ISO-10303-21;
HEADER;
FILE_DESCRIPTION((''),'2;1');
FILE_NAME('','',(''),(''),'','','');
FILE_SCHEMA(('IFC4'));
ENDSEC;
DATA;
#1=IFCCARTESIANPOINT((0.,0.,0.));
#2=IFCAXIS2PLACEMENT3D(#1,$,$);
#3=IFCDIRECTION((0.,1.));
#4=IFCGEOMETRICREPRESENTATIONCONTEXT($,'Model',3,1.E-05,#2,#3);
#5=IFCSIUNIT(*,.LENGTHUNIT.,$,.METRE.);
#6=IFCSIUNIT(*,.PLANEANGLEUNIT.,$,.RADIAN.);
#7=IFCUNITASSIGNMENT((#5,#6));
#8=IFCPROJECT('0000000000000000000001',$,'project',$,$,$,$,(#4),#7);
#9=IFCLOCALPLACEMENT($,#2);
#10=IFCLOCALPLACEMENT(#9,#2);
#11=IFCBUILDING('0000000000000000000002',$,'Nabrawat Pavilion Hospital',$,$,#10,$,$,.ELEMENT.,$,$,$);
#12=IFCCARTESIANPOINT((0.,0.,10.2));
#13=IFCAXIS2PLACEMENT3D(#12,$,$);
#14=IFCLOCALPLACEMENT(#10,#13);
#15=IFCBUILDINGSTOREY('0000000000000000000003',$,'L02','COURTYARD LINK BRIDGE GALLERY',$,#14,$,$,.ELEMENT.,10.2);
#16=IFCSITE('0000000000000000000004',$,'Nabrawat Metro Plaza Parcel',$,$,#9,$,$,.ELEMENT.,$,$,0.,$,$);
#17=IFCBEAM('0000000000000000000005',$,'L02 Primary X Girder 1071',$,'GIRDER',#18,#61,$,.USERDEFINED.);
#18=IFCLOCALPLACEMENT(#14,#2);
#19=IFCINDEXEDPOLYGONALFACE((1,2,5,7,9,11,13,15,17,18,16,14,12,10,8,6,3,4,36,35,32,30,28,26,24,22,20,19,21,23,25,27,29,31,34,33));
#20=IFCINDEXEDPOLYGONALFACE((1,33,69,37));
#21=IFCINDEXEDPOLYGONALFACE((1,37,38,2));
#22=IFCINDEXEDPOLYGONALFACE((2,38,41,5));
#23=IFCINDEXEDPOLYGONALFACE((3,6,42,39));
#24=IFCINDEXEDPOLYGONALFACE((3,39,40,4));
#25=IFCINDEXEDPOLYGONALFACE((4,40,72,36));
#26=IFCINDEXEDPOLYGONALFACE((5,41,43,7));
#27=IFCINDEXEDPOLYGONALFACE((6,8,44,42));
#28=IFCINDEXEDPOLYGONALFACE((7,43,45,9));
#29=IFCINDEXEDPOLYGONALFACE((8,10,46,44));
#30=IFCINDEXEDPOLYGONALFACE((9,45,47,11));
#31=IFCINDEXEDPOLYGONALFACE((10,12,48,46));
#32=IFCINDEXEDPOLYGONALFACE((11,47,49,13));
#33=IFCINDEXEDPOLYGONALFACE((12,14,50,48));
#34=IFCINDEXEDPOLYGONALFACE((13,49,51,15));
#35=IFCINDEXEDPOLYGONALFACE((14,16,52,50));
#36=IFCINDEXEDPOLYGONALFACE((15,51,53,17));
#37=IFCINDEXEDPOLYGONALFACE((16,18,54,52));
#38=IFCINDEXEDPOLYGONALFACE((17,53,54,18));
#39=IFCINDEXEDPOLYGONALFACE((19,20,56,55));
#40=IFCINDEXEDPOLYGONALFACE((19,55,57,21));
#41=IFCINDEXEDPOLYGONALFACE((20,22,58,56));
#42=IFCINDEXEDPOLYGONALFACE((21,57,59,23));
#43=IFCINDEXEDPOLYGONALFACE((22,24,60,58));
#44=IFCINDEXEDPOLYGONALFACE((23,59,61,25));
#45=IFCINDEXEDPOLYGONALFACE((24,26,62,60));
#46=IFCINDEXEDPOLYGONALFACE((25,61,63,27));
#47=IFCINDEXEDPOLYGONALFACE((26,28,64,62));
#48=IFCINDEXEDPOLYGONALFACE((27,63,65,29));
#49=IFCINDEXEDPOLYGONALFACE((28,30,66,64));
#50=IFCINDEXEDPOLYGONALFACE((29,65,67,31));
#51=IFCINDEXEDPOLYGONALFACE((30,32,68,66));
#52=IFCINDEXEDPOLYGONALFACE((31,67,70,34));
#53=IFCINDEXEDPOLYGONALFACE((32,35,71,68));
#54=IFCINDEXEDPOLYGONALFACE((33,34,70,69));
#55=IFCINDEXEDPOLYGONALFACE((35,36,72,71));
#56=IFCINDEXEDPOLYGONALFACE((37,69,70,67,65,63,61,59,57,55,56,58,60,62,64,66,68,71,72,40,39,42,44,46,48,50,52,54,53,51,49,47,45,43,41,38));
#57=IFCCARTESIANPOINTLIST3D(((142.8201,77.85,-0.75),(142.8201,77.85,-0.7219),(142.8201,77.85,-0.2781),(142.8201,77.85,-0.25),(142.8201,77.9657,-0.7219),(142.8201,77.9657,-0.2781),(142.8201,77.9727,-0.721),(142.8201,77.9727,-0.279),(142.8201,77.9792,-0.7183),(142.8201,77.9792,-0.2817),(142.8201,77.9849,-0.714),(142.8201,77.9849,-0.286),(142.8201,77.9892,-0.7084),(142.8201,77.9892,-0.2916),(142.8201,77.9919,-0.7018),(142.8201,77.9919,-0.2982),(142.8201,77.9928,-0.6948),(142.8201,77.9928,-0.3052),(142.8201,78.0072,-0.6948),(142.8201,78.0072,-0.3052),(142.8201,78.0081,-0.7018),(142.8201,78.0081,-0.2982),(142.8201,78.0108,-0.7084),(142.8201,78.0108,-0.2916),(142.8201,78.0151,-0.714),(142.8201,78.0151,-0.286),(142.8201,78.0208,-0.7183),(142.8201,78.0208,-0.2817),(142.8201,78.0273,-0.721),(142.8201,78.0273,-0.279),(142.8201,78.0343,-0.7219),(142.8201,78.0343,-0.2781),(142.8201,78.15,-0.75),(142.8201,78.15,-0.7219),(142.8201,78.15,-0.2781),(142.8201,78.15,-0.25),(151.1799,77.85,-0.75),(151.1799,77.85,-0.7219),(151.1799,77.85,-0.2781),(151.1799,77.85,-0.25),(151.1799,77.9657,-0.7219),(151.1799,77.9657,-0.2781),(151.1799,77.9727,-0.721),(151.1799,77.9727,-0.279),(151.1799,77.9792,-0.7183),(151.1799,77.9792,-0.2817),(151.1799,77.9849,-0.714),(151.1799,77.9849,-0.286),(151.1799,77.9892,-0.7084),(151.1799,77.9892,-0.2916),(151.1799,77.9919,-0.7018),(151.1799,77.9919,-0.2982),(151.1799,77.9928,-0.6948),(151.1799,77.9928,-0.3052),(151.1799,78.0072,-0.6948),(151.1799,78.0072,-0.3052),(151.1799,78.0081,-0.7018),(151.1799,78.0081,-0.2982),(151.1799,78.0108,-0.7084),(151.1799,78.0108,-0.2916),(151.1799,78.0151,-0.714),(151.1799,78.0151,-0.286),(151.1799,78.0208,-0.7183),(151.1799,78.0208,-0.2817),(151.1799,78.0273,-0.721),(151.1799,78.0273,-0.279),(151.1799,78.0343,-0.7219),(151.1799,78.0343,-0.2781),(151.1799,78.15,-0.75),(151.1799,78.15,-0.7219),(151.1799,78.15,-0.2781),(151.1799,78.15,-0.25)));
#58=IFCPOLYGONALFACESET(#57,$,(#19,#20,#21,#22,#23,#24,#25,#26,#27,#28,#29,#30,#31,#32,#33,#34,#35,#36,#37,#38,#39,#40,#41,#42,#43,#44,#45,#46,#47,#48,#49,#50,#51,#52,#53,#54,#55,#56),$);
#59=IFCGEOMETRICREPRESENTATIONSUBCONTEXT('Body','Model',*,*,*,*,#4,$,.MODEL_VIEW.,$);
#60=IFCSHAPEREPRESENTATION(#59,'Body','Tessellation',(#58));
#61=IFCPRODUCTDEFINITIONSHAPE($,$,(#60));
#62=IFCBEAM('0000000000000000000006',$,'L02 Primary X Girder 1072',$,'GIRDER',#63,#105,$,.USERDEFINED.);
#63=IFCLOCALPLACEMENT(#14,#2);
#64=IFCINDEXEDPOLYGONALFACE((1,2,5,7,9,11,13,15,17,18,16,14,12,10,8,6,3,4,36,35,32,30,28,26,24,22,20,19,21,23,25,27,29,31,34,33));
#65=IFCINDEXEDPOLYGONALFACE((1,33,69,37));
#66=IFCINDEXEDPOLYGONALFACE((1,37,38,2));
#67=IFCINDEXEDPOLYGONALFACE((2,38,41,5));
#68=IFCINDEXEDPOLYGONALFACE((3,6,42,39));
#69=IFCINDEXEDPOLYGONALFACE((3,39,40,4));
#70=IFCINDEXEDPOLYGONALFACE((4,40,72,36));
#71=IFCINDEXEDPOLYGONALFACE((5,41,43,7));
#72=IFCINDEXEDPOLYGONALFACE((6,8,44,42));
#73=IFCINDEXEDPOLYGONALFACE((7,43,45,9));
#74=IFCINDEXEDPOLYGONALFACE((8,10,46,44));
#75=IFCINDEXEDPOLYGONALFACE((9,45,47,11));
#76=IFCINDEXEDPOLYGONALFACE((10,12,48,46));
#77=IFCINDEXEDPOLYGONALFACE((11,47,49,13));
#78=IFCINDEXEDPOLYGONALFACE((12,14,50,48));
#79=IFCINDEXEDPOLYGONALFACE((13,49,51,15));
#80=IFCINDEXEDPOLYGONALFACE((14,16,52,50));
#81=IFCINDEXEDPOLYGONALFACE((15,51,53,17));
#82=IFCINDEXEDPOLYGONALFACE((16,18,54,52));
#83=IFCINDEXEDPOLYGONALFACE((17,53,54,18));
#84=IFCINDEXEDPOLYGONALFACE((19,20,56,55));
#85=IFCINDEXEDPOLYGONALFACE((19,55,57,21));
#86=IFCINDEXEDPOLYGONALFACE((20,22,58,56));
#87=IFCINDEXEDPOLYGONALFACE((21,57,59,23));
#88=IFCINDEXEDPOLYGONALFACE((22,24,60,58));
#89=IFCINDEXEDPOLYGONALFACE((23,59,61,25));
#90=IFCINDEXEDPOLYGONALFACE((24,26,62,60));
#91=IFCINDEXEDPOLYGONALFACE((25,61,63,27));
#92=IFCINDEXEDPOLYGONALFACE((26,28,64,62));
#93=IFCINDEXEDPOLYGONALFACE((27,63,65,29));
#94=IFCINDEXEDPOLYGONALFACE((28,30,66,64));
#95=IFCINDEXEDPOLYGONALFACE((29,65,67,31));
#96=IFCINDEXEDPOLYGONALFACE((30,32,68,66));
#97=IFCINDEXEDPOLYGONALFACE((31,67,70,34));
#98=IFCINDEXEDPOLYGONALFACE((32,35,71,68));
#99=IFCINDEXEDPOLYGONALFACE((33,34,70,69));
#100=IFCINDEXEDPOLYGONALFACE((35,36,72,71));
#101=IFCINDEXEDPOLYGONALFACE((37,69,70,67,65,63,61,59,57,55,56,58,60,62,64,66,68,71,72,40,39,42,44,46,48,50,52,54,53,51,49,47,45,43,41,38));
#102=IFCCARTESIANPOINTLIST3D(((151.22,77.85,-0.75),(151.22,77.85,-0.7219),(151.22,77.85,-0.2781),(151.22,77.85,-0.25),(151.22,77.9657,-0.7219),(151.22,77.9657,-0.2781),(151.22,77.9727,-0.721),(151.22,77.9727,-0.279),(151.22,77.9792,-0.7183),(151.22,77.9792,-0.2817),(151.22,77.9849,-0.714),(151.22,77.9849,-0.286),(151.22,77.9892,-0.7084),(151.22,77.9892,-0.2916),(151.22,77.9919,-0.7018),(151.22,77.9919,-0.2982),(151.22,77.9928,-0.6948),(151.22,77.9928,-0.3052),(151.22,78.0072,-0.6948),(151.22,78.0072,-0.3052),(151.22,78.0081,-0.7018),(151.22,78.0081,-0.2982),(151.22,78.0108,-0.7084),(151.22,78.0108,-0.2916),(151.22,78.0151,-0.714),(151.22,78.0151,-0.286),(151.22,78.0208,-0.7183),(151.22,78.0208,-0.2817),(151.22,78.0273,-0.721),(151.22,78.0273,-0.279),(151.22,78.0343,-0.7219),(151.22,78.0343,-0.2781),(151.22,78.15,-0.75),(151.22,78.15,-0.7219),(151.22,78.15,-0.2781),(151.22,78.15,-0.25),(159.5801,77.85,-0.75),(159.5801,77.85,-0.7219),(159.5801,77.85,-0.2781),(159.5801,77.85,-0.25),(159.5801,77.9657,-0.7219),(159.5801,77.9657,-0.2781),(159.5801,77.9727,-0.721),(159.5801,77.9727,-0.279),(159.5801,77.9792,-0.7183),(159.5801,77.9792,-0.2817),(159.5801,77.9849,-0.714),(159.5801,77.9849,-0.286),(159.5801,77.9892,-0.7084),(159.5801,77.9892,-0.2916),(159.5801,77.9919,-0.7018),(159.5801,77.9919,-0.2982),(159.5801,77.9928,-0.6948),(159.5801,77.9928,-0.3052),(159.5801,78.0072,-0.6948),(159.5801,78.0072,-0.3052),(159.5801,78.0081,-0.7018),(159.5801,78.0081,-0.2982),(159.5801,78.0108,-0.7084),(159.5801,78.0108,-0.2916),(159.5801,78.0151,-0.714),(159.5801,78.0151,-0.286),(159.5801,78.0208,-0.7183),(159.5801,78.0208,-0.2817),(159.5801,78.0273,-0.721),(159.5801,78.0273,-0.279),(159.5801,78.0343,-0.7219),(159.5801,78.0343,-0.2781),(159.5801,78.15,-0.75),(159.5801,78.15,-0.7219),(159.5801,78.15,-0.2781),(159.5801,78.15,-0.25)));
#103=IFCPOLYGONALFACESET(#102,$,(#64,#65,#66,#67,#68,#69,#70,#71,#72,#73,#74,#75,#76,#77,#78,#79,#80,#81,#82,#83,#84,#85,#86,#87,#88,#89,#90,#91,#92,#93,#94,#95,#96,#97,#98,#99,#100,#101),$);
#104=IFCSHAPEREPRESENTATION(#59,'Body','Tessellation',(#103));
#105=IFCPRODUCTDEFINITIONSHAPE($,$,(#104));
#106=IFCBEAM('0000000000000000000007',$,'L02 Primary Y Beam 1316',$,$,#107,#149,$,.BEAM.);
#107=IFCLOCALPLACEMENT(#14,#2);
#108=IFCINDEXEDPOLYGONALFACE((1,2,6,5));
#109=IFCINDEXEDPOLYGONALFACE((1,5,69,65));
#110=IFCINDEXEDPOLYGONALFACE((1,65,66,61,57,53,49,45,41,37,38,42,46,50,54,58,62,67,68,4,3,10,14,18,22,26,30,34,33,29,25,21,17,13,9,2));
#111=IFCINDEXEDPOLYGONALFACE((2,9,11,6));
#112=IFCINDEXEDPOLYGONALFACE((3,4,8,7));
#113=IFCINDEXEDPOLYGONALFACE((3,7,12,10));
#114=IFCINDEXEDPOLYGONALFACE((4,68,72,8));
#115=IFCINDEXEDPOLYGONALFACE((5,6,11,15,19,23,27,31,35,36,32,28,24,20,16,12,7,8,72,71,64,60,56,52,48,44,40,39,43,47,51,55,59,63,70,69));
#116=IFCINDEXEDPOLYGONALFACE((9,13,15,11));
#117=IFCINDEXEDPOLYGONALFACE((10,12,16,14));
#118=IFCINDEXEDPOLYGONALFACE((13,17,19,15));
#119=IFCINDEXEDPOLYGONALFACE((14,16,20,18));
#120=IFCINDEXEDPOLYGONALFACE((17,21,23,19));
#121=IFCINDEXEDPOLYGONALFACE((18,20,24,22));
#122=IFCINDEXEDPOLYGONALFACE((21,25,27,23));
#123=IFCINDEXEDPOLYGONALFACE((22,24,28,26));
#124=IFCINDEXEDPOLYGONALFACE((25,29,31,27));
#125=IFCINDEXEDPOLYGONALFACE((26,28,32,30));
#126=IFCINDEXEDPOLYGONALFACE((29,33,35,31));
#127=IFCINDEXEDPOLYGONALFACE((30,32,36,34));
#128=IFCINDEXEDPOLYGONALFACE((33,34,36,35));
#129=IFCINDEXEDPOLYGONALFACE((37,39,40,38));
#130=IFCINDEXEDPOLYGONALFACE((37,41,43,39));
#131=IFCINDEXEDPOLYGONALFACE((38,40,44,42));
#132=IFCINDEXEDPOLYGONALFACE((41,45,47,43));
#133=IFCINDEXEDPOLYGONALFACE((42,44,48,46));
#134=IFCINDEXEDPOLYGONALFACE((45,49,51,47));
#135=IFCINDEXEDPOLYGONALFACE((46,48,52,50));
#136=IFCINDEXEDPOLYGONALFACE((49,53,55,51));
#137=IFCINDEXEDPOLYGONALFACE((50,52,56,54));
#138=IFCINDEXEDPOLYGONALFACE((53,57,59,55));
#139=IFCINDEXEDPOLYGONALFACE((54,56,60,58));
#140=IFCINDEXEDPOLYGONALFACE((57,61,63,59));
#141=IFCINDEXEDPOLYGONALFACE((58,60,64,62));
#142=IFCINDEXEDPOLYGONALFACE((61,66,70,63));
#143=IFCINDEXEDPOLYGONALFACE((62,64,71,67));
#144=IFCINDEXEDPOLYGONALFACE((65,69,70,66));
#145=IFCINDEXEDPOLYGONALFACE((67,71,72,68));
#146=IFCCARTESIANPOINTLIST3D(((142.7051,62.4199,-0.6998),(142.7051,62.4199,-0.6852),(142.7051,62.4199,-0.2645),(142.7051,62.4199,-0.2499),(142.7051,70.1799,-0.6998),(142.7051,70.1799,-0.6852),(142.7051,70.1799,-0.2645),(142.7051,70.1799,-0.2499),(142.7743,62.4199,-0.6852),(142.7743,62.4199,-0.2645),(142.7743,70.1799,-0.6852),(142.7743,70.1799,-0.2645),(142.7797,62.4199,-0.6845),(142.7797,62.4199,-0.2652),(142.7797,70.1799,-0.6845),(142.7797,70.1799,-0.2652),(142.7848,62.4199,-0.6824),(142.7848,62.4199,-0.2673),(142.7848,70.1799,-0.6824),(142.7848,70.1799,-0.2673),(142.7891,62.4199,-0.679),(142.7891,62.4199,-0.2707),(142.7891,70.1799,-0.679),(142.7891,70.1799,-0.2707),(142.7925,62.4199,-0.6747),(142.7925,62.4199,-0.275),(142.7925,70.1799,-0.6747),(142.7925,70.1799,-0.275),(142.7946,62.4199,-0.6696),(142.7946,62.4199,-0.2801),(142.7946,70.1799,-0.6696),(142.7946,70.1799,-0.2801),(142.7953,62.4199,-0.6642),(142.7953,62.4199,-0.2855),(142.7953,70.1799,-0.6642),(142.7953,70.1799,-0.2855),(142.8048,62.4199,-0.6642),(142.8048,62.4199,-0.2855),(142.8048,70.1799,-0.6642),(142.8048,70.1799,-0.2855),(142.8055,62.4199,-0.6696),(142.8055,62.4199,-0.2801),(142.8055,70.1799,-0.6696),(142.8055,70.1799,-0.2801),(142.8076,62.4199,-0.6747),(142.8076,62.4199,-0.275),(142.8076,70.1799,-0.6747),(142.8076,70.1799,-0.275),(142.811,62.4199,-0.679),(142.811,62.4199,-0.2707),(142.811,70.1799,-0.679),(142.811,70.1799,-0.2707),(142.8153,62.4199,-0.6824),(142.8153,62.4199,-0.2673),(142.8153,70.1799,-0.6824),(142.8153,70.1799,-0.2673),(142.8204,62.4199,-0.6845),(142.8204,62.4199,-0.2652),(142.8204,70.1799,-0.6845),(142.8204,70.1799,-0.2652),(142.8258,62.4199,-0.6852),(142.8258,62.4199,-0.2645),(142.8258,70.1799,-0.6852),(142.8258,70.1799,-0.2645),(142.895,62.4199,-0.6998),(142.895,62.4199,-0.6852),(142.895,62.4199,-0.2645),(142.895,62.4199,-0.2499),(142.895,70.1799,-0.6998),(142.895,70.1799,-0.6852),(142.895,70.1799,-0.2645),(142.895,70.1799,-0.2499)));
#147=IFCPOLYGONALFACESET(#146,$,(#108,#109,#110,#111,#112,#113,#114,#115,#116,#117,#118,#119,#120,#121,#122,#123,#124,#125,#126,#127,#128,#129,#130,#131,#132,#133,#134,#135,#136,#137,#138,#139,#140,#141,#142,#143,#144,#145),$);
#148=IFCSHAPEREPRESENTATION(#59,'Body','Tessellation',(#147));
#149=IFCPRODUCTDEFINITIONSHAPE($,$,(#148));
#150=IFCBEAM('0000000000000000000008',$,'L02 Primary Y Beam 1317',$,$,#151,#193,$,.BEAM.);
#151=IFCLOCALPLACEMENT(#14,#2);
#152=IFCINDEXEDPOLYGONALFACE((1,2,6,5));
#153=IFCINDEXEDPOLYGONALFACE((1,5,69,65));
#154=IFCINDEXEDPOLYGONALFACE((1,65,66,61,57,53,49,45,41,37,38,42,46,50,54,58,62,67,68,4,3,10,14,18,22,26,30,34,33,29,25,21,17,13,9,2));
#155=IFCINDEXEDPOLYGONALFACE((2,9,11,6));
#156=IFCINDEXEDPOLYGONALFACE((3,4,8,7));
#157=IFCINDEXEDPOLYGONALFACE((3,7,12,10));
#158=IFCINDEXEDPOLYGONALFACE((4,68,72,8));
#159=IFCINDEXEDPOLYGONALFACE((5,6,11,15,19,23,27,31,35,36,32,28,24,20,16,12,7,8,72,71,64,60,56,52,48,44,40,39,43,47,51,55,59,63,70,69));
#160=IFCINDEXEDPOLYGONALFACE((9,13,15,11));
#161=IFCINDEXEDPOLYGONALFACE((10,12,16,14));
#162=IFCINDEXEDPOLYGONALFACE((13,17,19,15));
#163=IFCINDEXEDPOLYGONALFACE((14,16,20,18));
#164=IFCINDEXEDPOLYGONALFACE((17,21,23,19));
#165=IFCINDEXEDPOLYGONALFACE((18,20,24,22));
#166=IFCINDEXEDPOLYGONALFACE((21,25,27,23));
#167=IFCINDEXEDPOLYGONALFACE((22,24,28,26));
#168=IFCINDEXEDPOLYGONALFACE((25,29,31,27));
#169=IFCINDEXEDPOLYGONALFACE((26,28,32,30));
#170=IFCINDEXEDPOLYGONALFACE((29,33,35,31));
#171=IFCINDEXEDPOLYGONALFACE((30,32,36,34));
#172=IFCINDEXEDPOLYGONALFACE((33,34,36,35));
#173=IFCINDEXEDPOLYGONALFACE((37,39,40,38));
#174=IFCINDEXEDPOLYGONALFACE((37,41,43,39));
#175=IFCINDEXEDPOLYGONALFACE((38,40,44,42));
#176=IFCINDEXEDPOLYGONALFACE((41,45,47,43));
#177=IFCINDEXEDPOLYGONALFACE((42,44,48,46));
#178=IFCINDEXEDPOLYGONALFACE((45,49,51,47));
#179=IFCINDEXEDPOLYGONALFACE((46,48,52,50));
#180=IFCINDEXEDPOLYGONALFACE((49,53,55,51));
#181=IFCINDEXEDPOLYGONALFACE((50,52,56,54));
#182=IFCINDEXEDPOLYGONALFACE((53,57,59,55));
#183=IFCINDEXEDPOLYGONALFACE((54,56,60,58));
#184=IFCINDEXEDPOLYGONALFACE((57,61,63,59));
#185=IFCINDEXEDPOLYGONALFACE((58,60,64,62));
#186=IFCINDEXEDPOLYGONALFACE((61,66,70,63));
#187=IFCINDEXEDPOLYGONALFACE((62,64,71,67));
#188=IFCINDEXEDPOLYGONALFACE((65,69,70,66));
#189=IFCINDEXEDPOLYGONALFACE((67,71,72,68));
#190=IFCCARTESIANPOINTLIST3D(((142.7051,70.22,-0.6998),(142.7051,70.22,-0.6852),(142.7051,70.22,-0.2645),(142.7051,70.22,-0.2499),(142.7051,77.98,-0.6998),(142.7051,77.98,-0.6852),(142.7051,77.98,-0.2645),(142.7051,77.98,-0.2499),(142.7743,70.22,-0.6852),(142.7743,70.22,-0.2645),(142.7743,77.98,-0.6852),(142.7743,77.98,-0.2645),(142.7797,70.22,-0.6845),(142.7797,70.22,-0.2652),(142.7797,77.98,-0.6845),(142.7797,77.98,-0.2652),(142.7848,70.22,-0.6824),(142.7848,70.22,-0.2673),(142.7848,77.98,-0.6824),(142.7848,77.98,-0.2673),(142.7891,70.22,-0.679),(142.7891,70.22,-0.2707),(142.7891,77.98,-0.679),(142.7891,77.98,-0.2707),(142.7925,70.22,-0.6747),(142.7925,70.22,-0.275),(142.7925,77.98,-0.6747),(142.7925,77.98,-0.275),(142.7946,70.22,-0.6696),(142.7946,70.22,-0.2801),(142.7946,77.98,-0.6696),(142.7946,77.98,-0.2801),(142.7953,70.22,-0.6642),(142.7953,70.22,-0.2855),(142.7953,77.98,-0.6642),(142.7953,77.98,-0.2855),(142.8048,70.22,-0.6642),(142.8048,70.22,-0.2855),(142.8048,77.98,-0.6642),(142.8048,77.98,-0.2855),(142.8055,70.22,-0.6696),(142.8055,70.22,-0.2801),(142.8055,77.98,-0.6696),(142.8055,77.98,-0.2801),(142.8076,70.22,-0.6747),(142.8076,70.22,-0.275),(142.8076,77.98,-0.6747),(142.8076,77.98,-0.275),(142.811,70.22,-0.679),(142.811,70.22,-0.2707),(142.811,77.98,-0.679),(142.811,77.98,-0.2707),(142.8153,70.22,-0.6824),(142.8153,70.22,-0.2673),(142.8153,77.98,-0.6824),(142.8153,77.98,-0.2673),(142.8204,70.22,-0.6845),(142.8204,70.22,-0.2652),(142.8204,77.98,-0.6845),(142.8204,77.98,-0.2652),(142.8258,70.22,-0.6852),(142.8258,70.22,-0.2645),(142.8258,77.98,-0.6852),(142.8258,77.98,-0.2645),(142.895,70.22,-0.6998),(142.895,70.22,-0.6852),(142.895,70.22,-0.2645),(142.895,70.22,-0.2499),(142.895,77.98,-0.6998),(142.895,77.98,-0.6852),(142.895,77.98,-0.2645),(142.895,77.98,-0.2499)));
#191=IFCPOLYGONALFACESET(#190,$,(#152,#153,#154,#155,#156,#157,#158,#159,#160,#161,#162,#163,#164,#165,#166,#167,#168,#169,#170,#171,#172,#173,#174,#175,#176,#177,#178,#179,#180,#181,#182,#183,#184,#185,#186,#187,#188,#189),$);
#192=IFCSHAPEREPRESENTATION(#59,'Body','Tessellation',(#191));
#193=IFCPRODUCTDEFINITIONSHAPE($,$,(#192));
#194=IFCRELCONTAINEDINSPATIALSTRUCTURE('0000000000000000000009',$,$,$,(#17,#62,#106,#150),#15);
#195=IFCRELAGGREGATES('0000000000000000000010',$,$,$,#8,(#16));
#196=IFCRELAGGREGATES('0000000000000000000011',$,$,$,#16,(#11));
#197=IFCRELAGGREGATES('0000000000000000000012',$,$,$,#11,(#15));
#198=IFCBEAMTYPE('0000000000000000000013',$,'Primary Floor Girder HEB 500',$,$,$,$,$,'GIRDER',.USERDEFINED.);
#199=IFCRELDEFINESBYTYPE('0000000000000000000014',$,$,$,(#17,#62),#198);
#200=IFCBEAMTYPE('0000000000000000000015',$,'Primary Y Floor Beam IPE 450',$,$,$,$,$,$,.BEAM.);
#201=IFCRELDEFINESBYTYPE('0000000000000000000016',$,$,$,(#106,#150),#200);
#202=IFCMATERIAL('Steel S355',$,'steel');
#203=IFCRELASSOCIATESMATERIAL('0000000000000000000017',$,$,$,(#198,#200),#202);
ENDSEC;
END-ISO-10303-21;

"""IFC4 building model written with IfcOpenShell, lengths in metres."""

from ifc_helpers import new_model, si_unit, direction, frame, origin, origin_2d, place, context, subcontext, project, spatial, i_section, extrude, material, material_profile, profile_set, type_object, element, save


model = new_model("IFC4")

# Units and contexts
model_context = context("Model", 3, precision=1e-05, world=origin(), true_north=direction((0.0, 1.0)))
body_context = subcontext(model_context, "Body", "Model", "MODEL_VIEW")
ifc_project = project(units=[si_unit("LENGTHUNIT", "METRE"), si_unit("PLANEANGLEUNIT", "RADIAN")], contexts=[model_context])

# Site, building, storey
site_placement = place(None, origin())
site = spatial("IfcSite", under=ifc_project, at=site_placement, Name="Nabrawat Metro Plaza Parcel", CompositionType="ELEMENT", RefElevation=0.0)
building_placement = place(site_placement, origin())
building = spatial("IfcBuilding", under=site, at=building_placement, Name="Nabrawat Pavilion Hospital", CompositionType="ELEMENT")
storey_placement = place(building_placement, frame((0.0, 0.0, 10.2)))
storey = spatial("IfcBuildingStorey", under=building, at=storey_placement, Name="L02", Description="COURTYARD LINK BRIDGE GALLERY", CompositionType="ELEMENT", Elevation=10.2)

# Beams
ifc_material_1 = material(Name="Steel S355", Category="steel")
ifc_material_profile_1 = material_profile(ifc_material_1, i_section(OverallWidth=0.3, OverallDepth=0.5, WebThickness=0.0144, FlangeThickness=0.0281, FilletRadius=0.0271, at=origin_2d()), Name="HEB 500")
ifc_profile_set_1 = profile_set([ifc_material_profile_1], Name="Steel S355")
beam_type_1 = type_object("IfcBeamType", Name="Primary Floor Girder HEB 500", ElementType="GIRDER", PredefinedType="USERDEFINED", material=ifc_profile_set_1)
beam_1_placement = place(storey_placement, frame((142.8201, 78.0, -0.5), z_axis=(1.0, 0.0, 0.0), x_axis=(0.0, 1.0, 0.0)))
element("IfcBeam", 1, at=beam_1_placement, inside=storey, type_object=beam_type_1, Name="L02 Primary X Girder 1071", ObjectType="GIRDER", PredefinedType="USERDEFINED", context=body_context, shape_type="SweptSolid", body=[
    extrude(i_section(OverallWidth=0.3, OverallDepth=0.5, WebThickness=0.0144, FlangeThickness=0.0281, FilletRadius=0.0271, at=origin_2d()), origin(), (0.0, 0.0, 1.0), 8.3599),
])
beam_2_placement = place(storey_placement, frame((151.22, 78.0, -0.5), z_axis=(1.0, 0.0, 0.0), x_axis=(0.0, 1.0, 0.0)))
element("IfcBeam", 2, at=beam_2_placement, inside=storey, type_object=beam_type_1, Name="L02 Primary X Girder 1072", ObjectType="GIRDER", PredefinedType="USERDEFINED", context=body_context, shape_type="SweptSolid", body=[
    extrude(i_section(OverallWidth=0.3, OverallDepth=0.5, WebThickness=0.0144, FlangeThickness=0.0281, FilletRadius=0.0271, at=origin_2d()), origin(), (0.0, 0.0, 1.0), 8.3601),
])
ifc_material_profile_2 = material_profile(ifc_material_1, i_section(OverallWidth=0.1899, OverallDepth=0.45, WebThickness=0.0095, FlangeThickness=0.0146, FilletRadius=0.021, at=origin_2d()), Name="IPE 450")
ifc_profile_set_2 = profile_set([ifc_material_profile_2], Name="Steel S355")
beam_type_2 = type_object("IfcBeamType", Name="Primary Y Floor Beam IPE 450", PredefinedType="BEAM", material=ifc_profile_set_2)
for number, where, z_axis, x_axis, name in (
    (3, (142.8, 62.4199, -0.4749), (0.0, 1.0, 0.0), (-1.0, 0.0, 0.0), "L02 Primary Y Beam 1316"),
    (4, (142.8, 70.22, -0.4749), (0.0, 1.0, 0.0), (-1.0, 0.0, 0.0), "L02 Primary Y Beam 1317"),
):
    element("IfcBeam", number, at=place(storey_placement, frame(where, z_axis=z_axis, x_axis=x_axis)), inside=storey, type_object=beam_type_2, Name=name, PredefinedType="BEAM", context=body_context, shape_type="SweptSolid", body=[
        extrude(i_section(OverallWidth=0.1899, OverallDepth=0.45, WebThickness=0.0095, FlangeThickness=0.0146, FilletRadius=0.021, at=origin_2d()), origin(), (0.0, 0.0, 1.0), 7.76),
    ])

save(model, "model.ifc")
